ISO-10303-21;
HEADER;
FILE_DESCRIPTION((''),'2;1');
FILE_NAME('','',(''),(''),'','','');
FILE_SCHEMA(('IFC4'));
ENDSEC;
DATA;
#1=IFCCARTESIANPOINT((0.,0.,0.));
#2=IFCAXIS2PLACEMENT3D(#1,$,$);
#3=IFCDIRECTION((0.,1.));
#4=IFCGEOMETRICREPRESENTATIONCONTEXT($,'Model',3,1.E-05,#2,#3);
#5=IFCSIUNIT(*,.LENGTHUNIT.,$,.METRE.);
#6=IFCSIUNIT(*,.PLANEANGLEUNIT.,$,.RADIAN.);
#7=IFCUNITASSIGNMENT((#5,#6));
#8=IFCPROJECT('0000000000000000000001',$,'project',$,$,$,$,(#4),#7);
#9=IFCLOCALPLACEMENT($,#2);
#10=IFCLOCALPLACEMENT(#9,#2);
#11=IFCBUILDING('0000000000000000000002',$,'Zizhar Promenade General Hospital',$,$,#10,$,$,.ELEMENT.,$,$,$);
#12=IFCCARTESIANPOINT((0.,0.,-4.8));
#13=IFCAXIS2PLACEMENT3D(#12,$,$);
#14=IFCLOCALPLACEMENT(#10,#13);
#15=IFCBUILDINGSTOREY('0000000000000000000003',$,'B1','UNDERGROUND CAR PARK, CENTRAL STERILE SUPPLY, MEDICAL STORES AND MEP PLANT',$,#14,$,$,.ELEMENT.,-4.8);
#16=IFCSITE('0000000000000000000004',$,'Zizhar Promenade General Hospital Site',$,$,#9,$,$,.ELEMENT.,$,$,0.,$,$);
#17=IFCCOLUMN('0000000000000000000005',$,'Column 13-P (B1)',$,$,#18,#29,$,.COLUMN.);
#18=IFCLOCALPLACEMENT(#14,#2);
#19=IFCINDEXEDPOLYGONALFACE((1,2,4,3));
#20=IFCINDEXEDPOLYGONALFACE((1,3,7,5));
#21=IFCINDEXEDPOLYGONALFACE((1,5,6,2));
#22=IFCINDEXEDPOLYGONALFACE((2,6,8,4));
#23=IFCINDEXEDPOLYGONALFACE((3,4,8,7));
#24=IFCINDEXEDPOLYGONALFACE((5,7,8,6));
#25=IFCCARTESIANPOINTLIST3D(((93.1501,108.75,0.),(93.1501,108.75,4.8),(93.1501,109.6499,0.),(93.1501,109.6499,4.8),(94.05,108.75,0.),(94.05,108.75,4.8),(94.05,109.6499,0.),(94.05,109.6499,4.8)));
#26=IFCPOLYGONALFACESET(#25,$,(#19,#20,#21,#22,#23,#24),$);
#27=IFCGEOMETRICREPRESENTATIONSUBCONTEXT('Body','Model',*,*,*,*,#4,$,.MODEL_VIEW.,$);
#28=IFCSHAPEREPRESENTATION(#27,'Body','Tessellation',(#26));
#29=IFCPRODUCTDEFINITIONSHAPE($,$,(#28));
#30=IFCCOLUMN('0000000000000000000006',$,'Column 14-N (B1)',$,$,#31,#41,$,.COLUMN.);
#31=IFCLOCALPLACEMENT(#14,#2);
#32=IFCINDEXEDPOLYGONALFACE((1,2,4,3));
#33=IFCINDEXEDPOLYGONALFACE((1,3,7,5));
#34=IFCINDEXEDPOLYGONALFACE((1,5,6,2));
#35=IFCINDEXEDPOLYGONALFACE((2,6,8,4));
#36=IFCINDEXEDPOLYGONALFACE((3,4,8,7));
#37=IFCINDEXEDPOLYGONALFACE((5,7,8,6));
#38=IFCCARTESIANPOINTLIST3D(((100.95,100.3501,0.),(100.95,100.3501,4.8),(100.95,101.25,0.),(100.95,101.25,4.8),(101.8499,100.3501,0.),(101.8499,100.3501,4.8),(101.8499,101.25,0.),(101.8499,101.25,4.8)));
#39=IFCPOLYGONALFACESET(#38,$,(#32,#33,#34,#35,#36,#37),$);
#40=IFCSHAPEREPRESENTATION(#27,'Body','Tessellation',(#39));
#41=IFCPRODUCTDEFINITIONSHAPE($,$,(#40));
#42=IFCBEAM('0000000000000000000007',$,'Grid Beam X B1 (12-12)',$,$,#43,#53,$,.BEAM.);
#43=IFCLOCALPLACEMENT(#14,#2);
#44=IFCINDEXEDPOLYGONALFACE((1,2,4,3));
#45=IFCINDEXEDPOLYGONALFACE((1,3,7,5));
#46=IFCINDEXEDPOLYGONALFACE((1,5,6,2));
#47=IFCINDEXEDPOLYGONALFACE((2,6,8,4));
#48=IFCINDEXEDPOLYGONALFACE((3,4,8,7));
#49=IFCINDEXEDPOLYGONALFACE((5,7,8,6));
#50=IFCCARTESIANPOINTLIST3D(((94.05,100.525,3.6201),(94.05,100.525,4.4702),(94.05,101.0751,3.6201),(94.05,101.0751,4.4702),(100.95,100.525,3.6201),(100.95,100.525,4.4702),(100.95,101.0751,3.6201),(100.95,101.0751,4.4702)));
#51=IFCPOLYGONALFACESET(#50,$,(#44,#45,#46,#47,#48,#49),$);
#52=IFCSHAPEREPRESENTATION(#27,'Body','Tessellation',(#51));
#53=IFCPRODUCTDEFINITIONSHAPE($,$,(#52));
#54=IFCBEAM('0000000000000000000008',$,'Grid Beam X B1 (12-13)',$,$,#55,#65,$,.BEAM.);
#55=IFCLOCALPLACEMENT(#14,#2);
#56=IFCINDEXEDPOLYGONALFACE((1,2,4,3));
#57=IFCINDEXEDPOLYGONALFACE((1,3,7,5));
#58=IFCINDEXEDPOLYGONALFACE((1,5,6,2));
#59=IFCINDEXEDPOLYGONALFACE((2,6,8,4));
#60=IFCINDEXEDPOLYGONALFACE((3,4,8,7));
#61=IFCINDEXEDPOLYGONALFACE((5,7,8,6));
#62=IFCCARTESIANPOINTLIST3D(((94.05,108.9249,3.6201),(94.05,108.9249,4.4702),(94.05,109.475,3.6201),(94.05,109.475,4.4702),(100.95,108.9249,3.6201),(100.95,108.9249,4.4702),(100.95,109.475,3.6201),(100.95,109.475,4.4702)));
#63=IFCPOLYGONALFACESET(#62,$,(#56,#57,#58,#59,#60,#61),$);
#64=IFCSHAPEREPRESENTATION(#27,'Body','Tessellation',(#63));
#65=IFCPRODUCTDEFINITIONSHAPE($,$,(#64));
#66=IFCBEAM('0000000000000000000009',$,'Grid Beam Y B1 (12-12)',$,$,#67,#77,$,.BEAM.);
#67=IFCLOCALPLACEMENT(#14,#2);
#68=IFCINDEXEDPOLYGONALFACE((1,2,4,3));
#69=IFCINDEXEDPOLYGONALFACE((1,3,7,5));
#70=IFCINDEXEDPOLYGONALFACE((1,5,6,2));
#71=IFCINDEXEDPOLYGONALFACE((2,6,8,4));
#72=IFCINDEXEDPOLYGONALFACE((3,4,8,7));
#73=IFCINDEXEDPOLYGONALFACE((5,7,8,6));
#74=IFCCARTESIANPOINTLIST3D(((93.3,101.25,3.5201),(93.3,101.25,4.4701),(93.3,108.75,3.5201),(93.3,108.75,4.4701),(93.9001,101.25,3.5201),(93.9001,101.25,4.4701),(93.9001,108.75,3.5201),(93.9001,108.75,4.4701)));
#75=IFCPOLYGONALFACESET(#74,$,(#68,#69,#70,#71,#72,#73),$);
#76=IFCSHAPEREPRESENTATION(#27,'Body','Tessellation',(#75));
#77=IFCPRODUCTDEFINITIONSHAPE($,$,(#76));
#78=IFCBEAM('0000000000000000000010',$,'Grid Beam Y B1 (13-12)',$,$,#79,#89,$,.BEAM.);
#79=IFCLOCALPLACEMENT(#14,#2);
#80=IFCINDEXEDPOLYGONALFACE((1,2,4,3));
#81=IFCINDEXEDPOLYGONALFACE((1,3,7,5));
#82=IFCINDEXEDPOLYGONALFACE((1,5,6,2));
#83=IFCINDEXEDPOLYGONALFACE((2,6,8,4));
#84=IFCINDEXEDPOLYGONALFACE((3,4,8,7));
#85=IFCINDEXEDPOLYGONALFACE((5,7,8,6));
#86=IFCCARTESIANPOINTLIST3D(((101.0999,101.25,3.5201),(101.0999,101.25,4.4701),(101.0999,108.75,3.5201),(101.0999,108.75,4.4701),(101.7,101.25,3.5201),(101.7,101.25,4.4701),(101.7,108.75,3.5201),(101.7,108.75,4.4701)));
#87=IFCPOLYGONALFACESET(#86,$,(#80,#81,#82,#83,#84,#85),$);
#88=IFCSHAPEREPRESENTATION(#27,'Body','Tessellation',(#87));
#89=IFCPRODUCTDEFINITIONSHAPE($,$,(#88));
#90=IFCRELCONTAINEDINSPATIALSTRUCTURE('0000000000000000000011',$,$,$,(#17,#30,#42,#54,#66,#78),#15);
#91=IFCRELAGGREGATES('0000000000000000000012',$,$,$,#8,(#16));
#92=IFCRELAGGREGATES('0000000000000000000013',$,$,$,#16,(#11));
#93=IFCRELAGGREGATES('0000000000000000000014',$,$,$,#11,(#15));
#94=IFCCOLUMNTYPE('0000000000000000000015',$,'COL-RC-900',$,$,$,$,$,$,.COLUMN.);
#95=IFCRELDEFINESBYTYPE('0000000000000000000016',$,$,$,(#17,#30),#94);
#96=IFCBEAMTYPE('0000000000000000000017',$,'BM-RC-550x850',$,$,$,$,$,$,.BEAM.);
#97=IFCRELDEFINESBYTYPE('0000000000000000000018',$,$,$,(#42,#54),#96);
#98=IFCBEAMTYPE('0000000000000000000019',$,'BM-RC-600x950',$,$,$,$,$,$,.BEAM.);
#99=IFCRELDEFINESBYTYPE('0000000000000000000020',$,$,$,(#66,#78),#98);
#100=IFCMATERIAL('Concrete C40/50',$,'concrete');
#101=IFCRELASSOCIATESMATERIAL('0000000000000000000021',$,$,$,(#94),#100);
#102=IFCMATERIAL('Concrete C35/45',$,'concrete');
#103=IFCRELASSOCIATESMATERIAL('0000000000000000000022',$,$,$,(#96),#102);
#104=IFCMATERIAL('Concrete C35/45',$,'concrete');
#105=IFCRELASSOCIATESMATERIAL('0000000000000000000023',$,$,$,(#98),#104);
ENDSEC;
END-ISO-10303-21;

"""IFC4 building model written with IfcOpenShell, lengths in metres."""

from ifc_helpers import new_model, si_unit, direction, frame, origin, origin_2d, place, context, subcontext, project, spatial, rectangle, extrude, material, material_profile, profile_set, type_object, element, save


model = new_model("IFC4")

# Units and contexts
model_context = context("Model", 3, precision=1e-05, world=origin(), true_north=direction((0.0, 1.0)))
body_context = subcontext(model_context, "Body", "Model", "MODEL_VIEW")
ifc_project = project(units=[si_unit("LENGTHUNIT", "METRE"), si_unit("PLANEANGLEUNIT", "RADIAN")], contexts=[model_context])

# Site, building, storey
site_placement = place(None, origin())
site = spatial("IfcSite", under=ifc_project, at=site_placement, Name="Zizhar Promenade General Hospital Site", CompositionType="ELEMENT", RefElevation=0.0)
building_placement = place(site_placement, origin())
building = spatial("IfcBuilding", under=site, at=building_placement, Name="Zizhar Promenade General Hospital", CompositionType="ELEMENT")
storey_placement = place(building_placement, frame((0.0, 0.0, -4.8)))
storey = spatial("IfcBuildingStorey", under=building, at=storey_placement, Name="B1", Description="UNDERGROUND CAR PARK, CENTRAL STERILE SUPPLY, MEDICAL STORES AND MEP PLANT", CompositionType="ELEMENT", Elevation=-4.8)

# Columns
ifc_material_1 = material(Name="Concrete C40/50", Category="concrete")
ifc_material_profile_1 = material_profile(ifc_material_1, rectangle(XDim=0.8999, YDim=0.8999, at=origin_2d()))
ifc_profile_set_1 = profile_set([ifc_material_profile_1], Name="Concrete C40/50")
column_type = type_object("IfcColumnType", Name="COL-RC-900", PredefinedType="COLUMN", material=ifc_profile_set_1)
for number, where, z_axis, x_axis, name in (
    (1, (93.6001, 109.2, 0.0), (0.0, 0.0, 1.0), (1.0, 0.0, 0.0), "Column 13-P (B1)"),
    (2, (101.3999, 100.8, 0.0), (0.0, 0.0, 1.0), (1.0, 0.0, 0.0), "Column 14-N (B1)"),
):
    element("IfcColumn", number, at=place(storey_placement, frame(where, z_axis=z_axis, x_axis=x_axis)), inside=storey, type_object=column_type, Name=name, PredefinedType="COLUMN", context=body_context, shape_type="SweptSolid", body=[
        extrude(rectangle(XDim=0.8999, YDim=0.8999, at=origin_2d()), origin(), (0.0, 0.0, 1.0), 4.8),
    ])

# Beams
ifc_material_2 = material(Name="Concrete C35/45", Category="concrete")
ifc_material_profile_2 = material_profile(ifc_material_2, rectangle(XDim=0.55, YDim=0.8501, at=origin_2d()))
ifc_profile_set_2 = profile_set([ifc_material_profile_2], Name="Concrete C35/45")
beam_type_1 = type_object("IfcBeamType", Name="BM-RC-550x850", PredefinedType="BEAM", material=ifc_profile_set_2)
for number, where, z_axis, x_axis, name in (
    (3, (94.05, 100.8, 4.0452), (1.0, 0.0, 0.0), (0.0, 1.0, 0.0), "Grid Beam X B1 (12-12)"),
    (4, (94.05, 109.2, 4.0452), (1.0, 0.0, 0.0), (0.0, 1.0, 0.0), "Grid Beam X B1 (12-13)"),
):
    element("IfcBeam", number, at=place(storey_placement, frame(where, z_axis=z_axis, x_axis=x_axis)), inside=storey, type_object=beam_type_1, Name=name, PredefinedType="BEAM", context=body_context, shape_type="SweptSolid", body=[
        extrude(rectangle(XDim=0.55, YDim=0.8501, at=origin_2d()), origin(), (0.0, 0.0, 1.0), 6.8999),
    ])
ifc_material_3 = material(Name="Concrete C35/45", Category="concrete")
ifc_material_profile_3 = material_profile(ifc_material_3, rectangle(XDim=0.6001, YDim=0.95, at=origin_2d()))
ifc_profile_set_3 = profile_set([ifc_material_profile_3], Name="Concrete C35/45")
beam_type_2 = type_object("IfcBeamType", Name="BM-RC-600x950", PredefinedType="BEAM", material=ifc_profile_set_3)
for number, where, z_axis, x_axis, name in (
    (5, (93.6001, 101.25, 3.9951), (0.0, 1.0, 0.0), (-1.0, 0.0, 0.0), "Grid Beam Y B1 (12-12)"),
    (6, (101.3999, 101.25, 3.9951), (0.0, 1.0, 0.0), (-1.0, 0.0, 0.0), "Grid Beam Y B1 (13-12)"),
):
    element("IfcBeam", number, at=place(storey_placement, frame(where, z_axis=z_axis, x_axis=x_axis)), inside=storey, type_object=beam_type_2, Name=name, PredefinedType="BEAM", context=body_context, shape_type="SweptSolid", body=[
        extrude(rectangle(XDim=0.6001, YDim=0.95, at=origin_2d()), origin(), (0.0, 0.0, 1.0), 7.5),
    ])

save(model, "model.ifc")
